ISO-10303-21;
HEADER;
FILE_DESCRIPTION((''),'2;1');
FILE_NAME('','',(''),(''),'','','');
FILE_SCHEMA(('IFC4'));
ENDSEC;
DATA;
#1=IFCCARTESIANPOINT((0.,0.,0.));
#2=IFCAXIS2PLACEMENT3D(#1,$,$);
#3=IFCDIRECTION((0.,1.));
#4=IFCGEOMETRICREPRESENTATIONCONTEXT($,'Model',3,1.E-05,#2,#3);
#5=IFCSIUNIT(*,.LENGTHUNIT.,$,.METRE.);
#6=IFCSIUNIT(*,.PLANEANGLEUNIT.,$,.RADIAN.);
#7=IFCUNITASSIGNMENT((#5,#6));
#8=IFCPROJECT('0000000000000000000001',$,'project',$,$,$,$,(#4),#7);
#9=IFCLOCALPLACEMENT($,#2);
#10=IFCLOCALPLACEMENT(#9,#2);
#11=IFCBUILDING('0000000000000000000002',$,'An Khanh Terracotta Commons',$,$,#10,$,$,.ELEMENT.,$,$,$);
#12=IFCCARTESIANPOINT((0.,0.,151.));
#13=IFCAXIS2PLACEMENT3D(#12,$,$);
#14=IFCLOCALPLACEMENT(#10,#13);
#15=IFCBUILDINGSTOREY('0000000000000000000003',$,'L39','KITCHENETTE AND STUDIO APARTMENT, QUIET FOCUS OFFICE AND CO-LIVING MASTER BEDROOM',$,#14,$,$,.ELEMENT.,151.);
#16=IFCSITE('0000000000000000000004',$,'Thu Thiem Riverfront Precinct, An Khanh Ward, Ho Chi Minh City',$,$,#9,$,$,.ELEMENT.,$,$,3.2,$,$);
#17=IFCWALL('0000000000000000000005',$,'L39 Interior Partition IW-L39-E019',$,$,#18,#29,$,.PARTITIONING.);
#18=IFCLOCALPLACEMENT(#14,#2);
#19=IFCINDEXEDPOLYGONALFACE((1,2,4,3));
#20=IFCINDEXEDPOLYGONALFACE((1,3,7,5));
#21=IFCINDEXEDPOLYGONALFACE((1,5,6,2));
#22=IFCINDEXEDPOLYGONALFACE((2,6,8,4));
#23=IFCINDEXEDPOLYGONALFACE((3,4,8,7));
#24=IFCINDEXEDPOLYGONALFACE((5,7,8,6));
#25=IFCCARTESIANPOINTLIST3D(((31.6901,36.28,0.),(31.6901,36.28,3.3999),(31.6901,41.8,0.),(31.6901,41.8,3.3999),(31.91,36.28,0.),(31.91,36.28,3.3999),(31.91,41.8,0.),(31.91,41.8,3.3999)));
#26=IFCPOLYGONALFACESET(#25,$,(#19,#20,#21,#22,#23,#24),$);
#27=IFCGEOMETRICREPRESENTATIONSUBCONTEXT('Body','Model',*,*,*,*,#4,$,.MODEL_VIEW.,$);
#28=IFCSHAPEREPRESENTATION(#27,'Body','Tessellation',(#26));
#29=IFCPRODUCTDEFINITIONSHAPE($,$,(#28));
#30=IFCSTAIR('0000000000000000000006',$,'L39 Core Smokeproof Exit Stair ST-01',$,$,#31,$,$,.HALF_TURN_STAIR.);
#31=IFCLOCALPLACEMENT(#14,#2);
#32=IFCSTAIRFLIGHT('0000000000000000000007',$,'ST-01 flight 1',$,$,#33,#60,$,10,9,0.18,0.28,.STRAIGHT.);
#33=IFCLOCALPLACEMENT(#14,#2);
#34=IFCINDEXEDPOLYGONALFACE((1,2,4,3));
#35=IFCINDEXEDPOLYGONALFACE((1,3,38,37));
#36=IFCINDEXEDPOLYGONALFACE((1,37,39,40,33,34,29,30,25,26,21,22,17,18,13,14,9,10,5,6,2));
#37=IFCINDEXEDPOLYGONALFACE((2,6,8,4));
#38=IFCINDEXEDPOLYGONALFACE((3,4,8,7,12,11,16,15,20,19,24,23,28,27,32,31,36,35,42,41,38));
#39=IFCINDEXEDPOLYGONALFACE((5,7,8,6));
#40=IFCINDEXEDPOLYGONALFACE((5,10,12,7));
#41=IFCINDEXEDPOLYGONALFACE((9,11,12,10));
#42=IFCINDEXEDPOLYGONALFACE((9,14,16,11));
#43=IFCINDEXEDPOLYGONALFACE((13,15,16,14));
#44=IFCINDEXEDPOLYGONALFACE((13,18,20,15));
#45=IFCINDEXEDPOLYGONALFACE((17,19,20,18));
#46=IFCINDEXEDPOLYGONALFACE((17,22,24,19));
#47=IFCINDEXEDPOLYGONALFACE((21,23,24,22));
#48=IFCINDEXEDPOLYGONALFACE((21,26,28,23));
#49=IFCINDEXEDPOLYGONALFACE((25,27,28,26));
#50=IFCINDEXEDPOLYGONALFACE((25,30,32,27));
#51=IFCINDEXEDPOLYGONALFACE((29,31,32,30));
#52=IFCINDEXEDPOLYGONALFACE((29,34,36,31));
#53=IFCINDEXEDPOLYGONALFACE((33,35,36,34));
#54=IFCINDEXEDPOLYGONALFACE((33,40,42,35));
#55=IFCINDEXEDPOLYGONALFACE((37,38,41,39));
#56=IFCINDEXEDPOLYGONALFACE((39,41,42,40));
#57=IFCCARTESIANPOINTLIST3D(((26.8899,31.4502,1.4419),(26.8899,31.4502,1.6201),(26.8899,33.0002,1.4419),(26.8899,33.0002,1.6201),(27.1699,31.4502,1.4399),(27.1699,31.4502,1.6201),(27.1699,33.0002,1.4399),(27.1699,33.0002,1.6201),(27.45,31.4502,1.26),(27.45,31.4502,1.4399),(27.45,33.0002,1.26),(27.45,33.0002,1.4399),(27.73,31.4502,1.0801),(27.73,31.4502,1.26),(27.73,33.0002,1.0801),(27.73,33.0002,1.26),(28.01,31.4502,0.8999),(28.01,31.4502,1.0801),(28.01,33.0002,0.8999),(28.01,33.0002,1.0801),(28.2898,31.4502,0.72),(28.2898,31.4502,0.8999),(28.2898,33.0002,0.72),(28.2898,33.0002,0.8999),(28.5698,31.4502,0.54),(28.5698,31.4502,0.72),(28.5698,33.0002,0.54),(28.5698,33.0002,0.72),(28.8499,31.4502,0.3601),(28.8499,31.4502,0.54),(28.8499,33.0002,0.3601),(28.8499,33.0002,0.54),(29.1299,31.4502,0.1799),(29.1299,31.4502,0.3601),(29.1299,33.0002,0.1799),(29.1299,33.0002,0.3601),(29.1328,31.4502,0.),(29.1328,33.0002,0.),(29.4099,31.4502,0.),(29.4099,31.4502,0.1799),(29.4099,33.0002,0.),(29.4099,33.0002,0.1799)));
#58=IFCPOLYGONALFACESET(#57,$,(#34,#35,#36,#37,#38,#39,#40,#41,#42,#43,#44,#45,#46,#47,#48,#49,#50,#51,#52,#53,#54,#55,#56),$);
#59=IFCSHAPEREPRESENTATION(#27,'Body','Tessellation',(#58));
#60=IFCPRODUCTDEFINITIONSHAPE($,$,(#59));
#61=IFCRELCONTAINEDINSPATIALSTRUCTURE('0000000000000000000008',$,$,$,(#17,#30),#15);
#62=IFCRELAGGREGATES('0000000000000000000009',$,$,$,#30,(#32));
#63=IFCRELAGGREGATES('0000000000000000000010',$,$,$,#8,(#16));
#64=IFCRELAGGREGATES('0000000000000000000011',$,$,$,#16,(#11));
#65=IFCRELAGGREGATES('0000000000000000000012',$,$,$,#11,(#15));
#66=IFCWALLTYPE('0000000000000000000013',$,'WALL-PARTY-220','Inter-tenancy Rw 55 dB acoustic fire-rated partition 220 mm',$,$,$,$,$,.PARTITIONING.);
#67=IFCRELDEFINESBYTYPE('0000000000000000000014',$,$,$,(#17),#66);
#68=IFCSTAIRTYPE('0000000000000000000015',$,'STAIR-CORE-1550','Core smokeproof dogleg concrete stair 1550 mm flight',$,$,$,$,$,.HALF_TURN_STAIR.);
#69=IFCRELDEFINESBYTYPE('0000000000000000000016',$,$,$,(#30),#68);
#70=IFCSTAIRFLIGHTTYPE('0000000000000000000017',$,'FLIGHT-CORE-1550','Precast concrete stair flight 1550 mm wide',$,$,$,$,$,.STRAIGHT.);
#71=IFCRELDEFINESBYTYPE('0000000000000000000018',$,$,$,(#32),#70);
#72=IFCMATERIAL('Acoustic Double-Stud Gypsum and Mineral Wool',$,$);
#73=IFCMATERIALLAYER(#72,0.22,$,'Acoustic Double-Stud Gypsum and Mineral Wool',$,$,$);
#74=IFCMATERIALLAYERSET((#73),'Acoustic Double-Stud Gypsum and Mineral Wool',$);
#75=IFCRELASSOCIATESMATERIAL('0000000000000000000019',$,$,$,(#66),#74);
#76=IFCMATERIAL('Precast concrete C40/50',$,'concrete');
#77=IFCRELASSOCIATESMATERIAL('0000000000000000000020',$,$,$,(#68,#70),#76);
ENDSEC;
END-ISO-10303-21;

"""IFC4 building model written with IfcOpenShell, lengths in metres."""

from ifc_helpers import new_model, si_unit, direction, frame, frame_2d, origin, place, context, subcontext, project, spatial, polyline, rectangle, outline, extrude, material, layer, layer_set, type_object, element, aggregate, save


model = new_model("IFC4")

# Units and contexts
model_context = context("Model", 3, precision=1e-05, world=origin(), true_north=direction((0.0, 1.0)))
body_context = subcontext(model_context, "Body", "Model", "MODEL_VIEW")
ifc_project = project(units=[si_unit("LENGTHUNIT", "METRE"), si_unit("PLANEANGLEUNIT", "RADIAN")], contexts=[model_context])

# Site, building, storey
site_placement = place(None, origin())
site = spatial("IfcSite", under=ifc_project, at=site_placement, Name="Thu Thiem Riverfront Precinct, An Khanh Ward, Ho Chi Minh City", CompositionType="ELEMENT", RefElevation=3.2)
building_placement = place(site_placement, origin())
building = spatial("IfcBuilding", under=site, at=building_placement, Name="An Khanh Terracotta Commons", CompositionType="ELEMENT")
storey_placement = place(building_placement, frame((0.0, 0.0, 151.0)))
storey = spatial("IfcBuildingStorey", under=building, at=storey_placement, Name="L39", Description="KITCHENETTE AND STUDIO APARTMENT, QUIET FOCUS OFFICE AND CO-LIVING MASTER BEDROOM", CompositionType="ELEMENT", Elevation=151.0)

# Wall
ifc_material_1 = material(Name="Acoustic Double-Stud Gypsum and Mineral Wool")
ifc_layer_1 = layer(ifc_material_1, 0.22, Name="Acoustic Double-Stud Gypsum and Mineral Wool")
ifc_layer_set_1 = layer_set([ifc_layer_1], Name="Acoustic Double-Stud Gypsum and Mineral Wool")
wall_type_1 = type_object("IfcWallType", Name="WALL-PARTY-220", Description="Inter-tenancy Rw 55 dB acoustic fire-rated partition 220 mm", PredefinedType="PARTITIONING", material=ifc_layer_set_1)
wall_1_placement = place(storey_placement, frame((31.8, 36.28, 0.0), z_axis=(0.0, 0.0, 1.0), x_axis=(0.0, 1.0, 0.0)))
element("IfcWall", 1, at=wall_1_placement, inside=storey, type_object=wall_type_1, Name="L39 Interior Partition IW-L39-E019", PredefinedType="PARTITIONING", context=body_context, shape_type="SweptSolid", body=[
    extrude(rectangle(XDim=5.52, YDim=0.22, at=frame_2d((2.76, 0.0))), origin(), (0.0, 0.0, 1.0), 3.3999),
])

# Stair, stair flight
ifc_material_2 = material(Name="Precast concrete C40/50", Category="concrete")
stair_type = type_object("IfcStairType", Name="STAIR-CORE-1550", Description="Core smokeproof dogleg concrete stair 1550 mm flight", PredefinedType="HALF_TURN_STAIR", material=ifc_material_2)
stair_placement = place(storey_placement, origin())
stair = element("IfcStair", 2, at=stair_placement, inside=storey, type_object=stair_type, Name="L39 Core Smokeproof Exit Stair ST-01", PredefinedType="HALF_TURN_STAIR")
stair_flight_type = type_object("IfcStairFlightType", Name="FLIGHT-CORE-1550", Description="Precast concrete stair flight 1550 mm wide", PredefinedType="STRAIGHT", material=ifc_material_2)
stair_flight_placement = place(storey_placement, frame((29.4099, 32.2251, 0.0), z_axis=(0.0, 0.0, 1.0), x_axis=(-1.0, 0.0, 0.0)))
stair_flight = element("IfcStairFlight", 3, at=stair_flight_placement, type_object=stair_flight_type, Name="ST-01 flight 1", NumberOfRisers=10, NumberOfTreads=9, PredefinedType="STRAIGHT", RiserHeight=0.18, TreadLength=0.28, context=body_context, shape_type="SweptSolid", body=[
    extrude(outline(polyline([(0.0, 0.0), (0.0, 0.1799), (0.28, 0.1799), (0.28, 0.3601), (0.5601, 0.3601), (0.5601, 0.54), (0.8401, 0.54), (0.8401, 0.72), (1.1201, 0.72), (1.1201, 0.8999), (1.3999, 0.8999), (1.3999, 1.0801), (1.6799, 1.0801), (1.6799, 1.26), (1.96, 1.26), (1.96, 1.4399), (2.24, 1.4399), (2.24, 1.6201), (2.52, 1.6201), (2.52, 1.8), (2.52, 1.4419), (0.2771, 0.0), (0.0, 0.0)])), frame((0.0, 0.7749, 0.0), z_axis=(0.0, -1.0, 0.0), x_axis=(1.0, 0.0, 0.0)), (0.0, 0.0, 1.0), 1.55),
])
aggregate(stair, [stair_flight])

save(model, "model.ifc")
